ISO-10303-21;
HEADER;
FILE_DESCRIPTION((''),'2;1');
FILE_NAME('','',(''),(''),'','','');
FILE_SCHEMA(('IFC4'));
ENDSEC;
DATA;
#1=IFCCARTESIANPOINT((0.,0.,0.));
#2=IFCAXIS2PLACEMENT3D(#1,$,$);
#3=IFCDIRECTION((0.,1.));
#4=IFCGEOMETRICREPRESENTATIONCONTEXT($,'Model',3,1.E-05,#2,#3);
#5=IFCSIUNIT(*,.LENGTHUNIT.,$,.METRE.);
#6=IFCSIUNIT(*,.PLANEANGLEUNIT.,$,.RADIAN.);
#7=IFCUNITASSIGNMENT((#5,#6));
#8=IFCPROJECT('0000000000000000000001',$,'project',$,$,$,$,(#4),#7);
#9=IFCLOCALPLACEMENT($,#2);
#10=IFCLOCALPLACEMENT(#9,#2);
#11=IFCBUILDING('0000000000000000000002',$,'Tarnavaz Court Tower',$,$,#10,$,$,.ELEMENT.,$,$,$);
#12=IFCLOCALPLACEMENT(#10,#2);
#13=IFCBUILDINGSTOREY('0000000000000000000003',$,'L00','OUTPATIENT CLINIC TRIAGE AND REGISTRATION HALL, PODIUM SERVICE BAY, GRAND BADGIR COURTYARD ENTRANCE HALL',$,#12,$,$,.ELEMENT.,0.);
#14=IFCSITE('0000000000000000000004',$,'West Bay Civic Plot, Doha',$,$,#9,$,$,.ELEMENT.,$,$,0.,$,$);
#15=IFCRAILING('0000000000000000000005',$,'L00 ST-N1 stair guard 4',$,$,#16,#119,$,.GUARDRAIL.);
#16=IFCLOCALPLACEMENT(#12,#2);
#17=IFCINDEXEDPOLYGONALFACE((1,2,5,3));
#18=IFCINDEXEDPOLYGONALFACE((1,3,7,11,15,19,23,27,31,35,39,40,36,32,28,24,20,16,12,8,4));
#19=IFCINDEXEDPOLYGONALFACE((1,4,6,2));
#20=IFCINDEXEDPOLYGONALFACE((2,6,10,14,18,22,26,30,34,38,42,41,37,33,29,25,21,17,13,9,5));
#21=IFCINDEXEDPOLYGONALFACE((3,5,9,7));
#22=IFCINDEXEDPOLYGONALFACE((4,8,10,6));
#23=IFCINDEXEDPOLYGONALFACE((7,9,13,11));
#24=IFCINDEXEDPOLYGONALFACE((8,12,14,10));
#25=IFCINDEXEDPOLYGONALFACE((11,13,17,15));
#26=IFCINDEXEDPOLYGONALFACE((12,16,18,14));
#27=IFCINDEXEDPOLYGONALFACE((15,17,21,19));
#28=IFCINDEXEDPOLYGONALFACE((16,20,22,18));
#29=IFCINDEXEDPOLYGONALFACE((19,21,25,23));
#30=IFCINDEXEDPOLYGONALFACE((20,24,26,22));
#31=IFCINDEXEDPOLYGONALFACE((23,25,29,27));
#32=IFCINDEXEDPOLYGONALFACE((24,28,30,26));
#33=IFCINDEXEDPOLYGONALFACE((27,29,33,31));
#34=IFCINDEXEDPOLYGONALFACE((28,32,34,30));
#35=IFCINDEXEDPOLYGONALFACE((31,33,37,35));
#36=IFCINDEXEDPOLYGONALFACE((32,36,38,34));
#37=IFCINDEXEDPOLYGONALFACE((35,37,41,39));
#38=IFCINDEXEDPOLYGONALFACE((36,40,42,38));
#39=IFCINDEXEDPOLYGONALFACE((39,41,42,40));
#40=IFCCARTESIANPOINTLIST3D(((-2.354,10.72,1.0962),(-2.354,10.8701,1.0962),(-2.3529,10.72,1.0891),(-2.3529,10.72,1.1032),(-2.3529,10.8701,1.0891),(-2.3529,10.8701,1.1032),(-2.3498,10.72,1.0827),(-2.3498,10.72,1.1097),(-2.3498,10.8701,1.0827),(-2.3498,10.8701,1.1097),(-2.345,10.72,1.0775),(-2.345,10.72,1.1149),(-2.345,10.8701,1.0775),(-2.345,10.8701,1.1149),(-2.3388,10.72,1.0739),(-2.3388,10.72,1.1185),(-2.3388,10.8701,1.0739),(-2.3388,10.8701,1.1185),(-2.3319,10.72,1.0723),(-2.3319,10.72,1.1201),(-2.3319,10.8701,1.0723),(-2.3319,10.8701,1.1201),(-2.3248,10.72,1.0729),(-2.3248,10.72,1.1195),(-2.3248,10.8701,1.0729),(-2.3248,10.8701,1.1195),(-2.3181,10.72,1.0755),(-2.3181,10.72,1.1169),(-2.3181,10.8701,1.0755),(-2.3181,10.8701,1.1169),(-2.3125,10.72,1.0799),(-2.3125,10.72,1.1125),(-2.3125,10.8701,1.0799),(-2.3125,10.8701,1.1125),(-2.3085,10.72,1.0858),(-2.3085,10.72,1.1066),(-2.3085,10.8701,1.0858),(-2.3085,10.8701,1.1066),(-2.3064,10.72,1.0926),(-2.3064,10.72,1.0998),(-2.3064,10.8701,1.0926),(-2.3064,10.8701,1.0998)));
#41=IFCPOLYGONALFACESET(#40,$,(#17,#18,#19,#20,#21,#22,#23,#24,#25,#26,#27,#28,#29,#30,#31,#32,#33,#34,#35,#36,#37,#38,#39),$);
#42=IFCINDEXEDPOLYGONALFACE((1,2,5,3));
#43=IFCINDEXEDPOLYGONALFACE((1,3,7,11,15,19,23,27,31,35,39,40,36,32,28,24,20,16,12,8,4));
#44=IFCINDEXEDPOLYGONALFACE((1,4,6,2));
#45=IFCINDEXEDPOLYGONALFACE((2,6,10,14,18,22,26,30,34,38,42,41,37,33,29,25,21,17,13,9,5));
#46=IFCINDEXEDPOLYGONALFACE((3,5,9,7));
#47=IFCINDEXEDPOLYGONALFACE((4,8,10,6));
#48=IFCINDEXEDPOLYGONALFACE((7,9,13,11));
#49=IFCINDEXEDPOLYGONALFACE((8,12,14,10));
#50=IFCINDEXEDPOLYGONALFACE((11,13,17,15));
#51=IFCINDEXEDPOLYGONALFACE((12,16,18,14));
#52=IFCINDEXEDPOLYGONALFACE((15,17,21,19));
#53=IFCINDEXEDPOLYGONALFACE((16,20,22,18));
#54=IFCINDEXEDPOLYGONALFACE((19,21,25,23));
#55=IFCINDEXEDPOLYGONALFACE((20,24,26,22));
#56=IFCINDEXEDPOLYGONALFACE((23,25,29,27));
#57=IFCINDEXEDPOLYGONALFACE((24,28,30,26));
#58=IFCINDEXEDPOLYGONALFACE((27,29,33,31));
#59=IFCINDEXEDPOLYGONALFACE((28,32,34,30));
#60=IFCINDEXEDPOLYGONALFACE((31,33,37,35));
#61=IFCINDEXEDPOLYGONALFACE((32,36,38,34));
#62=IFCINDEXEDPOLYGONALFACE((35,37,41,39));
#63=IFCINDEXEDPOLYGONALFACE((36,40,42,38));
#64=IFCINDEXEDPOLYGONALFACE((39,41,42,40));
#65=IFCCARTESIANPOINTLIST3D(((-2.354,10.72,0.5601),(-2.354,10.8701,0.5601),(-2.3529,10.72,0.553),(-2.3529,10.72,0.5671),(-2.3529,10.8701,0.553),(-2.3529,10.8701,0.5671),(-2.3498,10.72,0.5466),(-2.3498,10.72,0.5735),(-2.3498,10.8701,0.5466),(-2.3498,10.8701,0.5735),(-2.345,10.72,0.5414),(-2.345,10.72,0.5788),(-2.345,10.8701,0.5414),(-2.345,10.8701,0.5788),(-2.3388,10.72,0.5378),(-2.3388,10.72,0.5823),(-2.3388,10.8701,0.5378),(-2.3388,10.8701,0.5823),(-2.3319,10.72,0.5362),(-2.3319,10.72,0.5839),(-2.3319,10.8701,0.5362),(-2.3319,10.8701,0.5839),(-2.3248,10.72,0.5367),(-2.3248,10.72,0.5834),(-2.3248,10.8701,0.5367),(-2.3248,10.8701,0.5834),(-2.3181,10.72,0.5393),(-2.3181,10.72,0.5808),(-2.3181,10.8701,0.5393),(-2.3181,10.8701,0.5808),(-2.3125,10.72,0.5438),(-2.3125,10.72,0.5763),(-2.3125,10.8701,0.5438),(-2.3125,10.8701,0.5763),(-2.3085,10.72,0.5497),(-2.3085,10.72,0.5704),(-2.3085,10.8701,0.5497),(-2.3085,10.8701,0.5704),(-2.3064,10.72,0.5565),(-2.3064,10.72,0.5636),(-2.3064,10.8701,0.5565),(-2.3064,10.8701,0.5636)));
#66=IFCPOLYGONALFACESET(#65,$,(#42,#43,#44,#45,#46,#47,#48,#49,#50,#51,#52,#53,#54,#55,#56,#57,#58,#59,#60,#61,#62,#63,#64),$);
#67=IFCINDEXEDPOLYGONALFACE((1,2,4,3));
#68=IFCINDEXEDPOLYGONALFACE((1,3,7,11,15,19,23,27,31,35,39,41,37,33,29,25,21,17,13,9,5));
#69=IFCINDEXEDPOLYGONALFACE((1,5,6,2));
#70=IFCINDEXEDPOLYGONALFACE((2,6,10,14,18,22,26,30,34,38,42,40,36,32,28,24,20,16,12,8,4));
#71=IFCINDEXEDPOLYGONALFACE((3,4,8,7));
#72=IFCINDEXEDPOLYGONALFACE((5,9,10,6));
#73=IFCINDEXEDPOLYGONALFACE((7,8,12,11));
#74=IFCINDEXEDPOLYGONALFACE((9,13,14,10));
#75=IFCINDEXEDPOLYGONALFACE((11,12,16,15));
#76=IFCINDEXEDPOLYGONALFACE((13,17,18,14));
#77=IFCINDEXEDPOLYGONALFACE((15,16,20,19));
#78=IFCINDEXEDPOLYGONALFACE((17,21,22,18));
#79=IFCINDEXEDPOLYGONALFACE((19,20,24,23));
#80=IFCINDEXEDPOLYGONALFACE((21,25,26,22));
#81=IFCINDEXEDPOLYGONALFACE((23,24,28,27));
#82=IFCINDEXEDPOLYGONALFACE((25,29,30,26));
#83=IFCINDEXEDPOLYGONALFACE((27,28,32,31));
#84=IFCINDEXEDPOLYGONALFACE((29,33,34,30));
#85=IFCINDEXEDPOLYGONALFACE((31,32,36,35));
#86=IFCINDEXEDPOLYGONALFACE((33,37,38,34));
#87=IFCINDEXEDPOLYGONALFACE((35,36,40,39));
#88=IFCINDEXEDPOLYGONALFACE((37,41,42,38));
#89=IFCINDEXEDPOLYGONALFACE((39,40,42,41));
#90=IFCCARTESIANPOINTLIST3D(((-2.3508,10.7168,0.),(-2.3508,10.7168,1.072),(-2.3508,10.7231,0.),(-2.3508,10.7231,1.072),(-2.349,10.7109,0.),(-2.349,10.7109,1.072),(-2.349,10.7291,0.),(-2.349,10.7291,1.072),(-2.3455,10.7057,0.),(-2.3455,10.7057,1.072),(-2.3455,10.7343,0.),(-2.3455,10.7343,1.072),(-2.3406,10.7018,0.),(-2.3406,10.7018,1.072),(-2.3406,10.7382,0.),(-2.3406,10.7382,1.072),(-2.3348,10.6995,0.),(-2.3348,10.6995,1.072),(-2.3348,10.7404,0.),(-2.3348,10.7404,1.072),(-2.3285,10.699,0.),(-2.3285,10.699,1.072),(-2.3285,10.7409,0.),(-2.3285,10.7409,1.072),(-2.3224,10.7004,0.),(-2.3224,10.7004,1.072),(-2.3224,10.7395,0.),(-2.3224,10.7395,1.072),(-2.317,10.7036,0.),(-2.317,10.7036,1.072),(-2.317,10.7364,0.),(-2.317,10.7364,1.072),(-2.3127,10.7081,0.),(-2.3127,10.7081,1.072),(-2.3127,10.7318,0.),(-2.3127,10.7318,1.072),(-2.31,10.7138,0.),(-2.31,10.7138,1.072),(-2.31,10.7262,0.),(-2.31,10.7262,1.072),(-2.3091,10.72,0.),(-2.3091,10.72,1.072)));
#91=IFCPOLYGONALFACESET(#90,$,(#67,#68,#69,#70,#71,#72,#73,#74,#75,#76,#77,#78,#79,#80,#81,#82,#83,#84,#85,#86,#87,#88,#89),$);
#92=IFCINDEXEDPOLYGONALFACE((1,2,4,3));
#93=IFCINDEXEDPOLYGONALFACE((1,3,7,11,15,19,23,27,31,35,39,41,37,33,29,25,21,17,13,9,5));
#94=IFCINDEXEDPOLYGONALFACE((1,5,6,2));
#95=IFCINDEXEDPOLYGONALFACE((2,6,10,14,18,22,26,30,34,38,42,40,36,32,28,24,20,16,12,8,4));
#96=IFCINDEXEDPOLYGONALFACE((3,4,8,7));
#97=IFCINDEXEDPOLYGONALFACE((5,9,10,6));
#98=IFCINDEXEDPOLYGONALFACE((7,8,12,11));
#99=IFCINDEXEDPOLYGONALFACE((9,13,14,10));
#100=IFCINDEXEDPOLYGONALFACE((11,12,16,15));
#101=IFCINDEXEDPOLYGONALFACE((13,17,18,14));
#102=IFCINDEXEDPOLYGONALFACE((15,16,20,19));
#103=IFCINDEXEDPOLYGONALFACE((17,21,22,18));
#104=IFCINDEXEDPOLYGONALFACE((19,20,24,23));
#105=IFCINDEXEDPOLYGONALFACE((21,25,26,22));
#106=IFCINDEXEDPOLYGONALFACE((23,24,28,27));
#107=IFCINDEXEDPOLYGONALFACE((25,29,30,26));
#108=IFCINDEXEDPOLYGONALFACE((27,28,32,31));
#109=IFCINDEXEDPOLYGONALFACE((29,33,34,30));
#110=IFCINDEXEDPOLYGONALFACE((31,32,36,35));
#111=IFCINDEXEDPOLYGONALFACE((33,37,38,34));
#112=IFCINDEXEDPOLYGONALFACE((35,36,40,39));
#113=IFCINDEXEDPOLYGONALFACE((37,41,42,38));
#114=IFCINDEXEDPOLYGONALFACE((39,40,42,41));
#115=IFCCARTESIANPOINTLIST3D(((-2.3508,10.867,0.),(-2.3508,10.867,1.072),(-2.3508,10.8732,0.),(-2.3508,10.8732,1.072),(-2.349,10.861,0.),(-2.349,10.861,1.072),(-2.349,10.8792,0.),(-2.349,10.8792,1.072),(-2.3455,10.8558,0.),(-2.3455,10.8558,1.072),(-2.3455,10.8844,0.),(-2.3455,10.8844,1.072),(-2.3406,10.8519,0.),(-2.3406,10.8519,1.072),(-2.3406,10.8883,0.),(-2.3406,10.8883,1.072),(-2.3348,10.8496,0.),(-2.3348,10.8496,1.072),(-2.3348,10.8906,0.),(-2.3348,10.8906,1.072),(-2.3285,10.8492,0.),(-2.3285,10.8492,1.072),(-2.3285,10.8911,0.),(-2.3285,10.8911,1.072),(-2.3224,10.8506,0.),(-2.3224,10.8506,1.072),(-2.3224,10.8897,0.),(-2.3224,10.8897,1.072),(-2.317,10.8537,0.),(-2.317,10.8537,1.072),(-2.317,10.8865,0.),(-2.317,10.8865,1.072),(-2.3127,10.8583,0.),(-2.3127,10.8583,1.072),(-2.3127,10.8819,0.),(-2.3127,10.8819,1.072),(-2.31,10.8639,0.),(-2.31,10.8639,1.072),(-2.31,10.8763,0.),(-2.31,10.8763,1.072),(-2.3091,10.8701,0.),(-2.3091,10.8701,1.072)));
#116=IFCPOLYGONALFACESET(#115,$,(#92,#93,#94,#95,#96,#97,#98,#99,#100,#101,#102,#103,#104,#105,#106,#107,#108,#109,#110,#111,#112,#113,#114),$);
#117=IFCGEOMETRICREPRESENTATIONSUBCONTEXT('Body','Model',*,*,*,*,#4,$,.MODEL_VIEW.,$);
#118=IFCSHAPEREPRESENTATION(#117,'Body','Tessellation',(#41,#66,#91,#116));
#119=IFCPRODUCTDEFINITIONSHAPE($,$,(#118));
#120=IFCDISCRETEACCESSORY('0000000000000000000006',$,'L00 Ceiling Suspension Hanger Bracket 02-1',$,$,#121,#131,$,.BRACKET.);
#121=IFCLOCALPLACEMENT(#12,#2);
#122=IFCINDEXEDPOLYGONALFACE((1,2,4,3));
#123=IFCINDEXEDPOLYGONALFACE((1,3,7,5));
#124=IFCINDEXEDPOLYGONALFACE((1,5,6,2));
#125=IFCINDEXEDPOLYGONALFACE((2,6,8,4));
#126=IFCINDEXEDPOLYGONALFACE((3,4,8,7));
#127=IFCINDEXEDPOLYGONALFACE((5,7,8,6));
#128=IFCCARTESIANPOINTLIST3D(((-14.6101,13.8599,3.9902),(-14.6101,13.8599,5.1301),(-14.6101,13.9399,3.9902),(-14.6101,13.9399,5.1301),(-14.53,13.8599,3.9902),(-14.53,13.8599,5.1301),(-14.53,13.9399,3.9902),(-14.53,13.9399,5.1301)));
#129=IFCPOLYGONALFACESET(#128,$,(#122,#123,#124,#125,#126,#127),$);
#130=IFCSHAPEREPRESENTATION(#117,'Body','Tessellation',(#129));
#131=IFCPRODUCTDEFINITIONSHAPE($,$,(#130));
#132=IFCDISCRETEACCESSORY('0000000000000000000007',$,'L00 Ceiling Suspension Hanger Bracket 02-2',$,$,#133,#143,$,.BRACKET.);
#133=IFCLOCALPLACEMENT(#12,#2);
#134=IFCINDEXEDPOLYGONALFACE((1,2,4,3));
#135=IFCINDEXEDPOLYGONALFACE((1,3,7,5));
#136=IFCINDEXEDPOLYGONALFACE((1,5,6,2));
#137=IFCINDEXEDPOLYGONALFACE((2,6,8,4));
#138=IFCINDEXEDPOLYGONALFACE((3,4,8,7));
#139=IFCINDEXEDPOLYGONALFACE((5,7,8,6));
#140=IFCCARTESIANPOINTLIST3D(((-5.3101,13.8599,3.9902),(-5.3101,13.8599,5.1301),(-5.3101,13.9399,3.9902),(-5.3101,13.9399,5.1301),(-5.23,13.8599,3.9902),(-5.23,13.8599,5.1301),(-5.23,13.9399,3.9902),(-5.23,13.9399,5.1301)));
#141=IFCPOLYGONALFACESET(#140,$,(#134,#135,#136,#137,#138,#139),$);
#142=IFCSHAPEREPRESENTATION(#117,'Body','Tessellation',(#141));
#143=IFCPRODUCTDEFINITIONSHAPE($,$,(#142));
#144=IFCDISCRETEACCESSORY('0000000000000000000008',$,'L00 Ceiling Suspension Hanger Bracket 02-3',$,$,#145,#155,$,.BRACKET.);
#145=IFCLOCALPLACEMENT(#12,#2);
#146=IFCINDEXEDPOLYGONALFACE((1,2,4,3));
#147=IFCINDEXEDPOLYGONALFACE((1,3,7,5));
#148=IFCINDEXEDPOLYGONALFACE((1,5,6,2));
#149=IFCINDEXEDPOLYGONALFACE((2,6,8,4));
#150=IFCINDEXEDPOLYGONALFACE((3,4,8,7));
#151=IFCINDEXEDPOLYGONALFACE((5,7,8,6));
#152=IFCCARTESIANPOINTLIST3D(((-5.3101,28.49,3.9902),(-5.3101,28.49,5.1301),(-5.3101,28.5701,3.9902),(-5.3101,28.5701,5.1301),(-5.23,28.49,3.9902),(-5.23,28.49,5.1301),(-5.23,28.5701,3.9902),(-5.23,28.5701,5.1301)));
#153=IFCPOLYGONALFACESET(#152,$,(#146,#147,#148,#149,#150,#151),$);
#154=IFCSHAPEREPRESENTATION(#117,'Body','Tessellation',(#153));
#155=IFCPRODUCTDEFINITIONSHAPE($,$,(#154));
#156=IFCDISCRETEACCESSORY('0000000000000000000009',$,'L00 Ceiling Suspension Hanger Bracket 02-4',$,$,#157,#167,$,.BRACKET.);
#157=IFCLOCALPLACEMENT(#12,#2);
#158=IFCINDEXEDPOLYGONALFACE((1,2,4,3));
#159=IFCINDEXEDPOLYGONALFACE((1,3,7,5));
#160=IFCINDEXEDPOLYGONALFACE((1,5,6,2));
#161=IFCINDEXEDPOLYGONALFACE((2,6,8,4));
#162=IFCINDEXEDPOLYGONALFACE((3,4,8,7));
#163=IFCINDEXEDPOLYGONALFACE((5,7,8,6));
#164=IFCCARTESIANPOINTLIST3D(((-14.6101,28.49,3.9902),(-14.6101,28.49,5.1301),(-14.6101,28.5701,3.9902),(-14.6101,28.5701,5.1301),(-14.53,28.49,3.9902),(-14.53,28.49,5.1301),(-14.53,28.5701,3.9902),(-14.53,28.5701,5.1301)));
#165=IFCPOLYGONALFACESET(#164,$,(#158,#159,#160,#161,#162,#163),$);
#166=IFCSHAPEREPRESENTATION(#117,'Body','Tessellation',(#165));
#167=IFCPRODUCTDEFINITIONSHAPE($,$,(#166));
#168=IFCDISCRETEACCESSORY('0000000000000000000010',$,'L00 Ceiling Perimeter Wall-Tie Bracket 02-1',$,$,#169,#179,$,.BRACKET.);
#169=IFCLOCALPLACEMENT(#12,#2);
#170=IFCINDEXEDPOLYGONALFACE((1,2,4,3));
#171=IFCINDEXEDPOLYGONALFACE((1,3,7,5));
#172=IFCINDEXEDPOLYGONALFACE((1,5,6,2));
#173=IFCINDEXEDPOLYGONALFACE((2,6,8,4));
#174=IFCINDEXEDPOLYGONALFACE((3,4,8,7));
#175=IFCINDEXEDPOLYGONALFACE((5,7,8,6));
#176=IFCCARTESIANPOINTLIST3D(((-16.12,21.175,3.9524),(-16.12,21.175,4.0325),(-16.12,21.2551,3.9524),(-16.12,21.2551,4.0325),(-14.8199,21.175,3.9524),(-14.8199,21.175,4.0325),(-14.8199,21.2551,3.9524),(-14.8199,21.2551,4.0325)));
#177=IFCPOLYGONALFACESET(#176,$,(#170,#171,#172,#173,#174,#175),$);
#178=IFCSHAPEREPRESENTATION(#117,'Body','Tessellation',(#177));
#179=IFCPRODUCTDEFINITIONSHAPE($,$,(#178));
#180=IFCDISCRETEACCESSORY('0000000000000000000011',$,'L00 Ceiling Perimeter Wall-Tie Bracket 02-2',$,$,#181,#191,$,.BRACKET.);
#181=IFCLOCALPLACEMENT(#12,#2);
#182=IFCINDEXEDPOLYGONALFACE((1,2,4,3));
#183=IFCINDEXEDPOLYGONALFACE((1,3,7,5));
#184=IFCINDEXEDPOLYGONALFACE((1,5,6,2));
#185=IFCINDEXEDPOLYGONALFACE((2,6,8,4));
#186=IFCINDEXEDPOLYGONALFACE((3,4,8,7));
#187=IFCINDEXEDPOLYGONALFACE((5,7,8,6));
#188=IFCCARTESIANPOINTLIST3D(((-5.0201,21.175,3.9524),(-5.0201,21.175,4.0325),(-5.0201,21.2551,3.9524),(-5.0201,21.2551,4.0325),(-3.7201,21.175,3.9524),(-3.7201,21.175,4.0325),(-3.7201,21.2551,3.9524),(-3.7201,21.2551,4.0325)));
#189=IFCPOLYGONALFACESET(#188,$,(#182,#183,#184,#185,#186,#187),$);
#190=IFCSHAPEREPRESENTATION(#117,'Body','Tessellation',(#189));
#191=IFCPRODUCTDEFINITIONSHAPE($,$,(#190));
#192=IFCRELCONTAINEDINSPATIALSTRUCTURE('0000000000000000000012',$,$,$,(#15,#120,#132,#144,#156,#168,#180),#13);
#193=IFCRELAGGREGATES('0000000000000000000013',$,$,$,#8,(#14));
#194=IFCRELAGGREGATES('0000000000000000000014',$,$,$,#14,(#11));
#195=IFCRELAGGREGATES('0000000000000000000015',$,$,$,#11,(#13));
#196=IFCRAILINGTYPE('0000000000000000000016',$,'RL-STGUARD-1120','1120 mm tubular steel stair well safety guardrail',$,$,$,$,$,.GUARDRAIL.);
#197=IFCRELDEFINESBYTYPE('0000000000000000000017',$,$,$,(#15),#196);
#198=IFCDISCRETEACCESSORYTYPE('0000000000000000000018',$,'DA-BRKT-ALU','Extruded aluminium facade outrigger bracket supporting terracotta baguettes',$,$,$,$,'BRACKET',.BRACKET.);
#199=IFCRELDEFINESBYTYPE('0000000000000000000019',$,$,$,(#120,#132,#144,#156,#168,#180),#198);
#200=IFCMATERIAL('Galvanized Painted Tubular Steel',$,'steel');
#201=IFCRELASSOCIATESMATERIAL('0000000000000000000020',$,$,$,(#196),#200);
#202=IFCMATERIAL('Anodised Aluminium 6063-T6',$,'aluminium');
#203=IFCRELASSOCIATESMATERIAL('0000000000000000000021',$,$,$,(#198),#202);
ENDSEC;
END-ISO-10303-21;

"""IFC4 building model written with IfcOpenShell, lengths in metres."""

from ifc_helpers import new_model, si_unit, direction, frame, origin, origin_2d, place, context, subcontext, project, spatial, rectangle, circle, extrude, material, type_object, element, save


model = new_model("IFC4")

# Units and contexts
model_context = context("Model", 3, precision=1e-05, world=origin(), true_north=direction((0.0, 1.0)))
body_context = subcontext(model_context, "Body", "Model", "MODEL_VIEW")
ifc_project = project(units=[si_unit("LENGTHUNIT", "METRE"), si_unit("PLANEANGLEUNIT", "RADIAN")], contexts=[model_context])

# Site, building, storey
site_placement = place(None, origin())
site = spatial("IfcSite", under=ifc_project, at=site_placement, Name="West Bay Civic Plot, Doha", CompositionType="ELEMENT", RefElevation=0.0)
building_placement = place(site_placement, origin())
building = spatial("IfcBuilding", under=site, at=building_placement, Name="Tarnavaz Court Tower", CompositionType="ELEMENT")
storey_placement = place(building_placement, origin())
storey = spatial("IfcBuildingStorey", under=building, at=storey_placement, Name="L00", Description="OUTPATIENT CLINIC TRIAGE AND REGISTRATION HALL, PODIUM SERVICE BAY, GRAND BADGIR COURTYARD ENTRANCE HALL", CompositionType="ELEMENT", Elevation=0.0)

# Railing
ifc_material_1 = material(Name="Galvanized Painted Tubular Steel", Category="steel")
railing_type = type_object("IfcRailingType", Name="RL-STGUARD-1120", Description="1120 mm tubular steel stair well safety guardrail", PredefinedType="GUARDRAIL", material=ifc_material_1)
railing_1_placement = place(storey_placement, frame((-2.3301, 10.72, 0.0)))
element("IfcRailing", 1, at=railing_1_placement, inside=storey, type_object=railing_type, Name="L00 ST-N1 stair guard 4", PredefinedType="GUARDRAIL", context=body_context, shape_type="SweptSolid", body=[
    extrude(circle(Radius=0.0239, at=origin_2d()), frame((0.0, 0.0, 1.0962), z_axis=(0.0, 1.0, 0.0), x_axis=(-1.0, 0.0, 0.0)), (0.0, 0.0, 1.0), 0.1501),
    extrude(circle(Radius=0.0239, at=origin_2d()), frame((0.0, 0.0, 0.5601), z_axis=(0.0, 1.0, 0.0), x_axis=(-1.0, 0.0, 0.0)), (0.0, 0.0, 1.0), 0.1501),
    extrude(circle(Radius=0.021, at=origin_2d()), origin(), (0.0, 0.0, 1.0), 1.072),
    extrude(circle(Radius=0.021, at=origin_2d()), frame((0.0, 0.1501, 0.0)), (0.0, 0.0, 1.0), 1.072),
])

# Discrete accessories
ifc_material_2 = material(Name="Anodised Aluminium 6063-T6", Category="aluminium")
discrete_accessory_type = type_object("IfcDiscreteAccessoryType", Name="DA-BRKT-ALU", Description="Extruded aluminium facade outrigger bracket supporting terracotta baguettes", ElementType="BRACKET", PredefinedType="BRACKET", material=ifc_material_2)
for number, where, z_axis, x_axis, name in (
    (2, (-14.5701, 13.8999, 3.9902), (0.0, 0.0, 1.0), (1.0, 0.0, 0.0), "L00 Ceiling Suspension Hanger Bracket 02-1"),
    (3, (-5.27, 13.8999, 3.9902), (0.0, 0.0, 1.0), (1.0, 0.0, 0.0), "L00 Ceiling Suspension Hanger Bracket 02-2"),
    (4, (-5.27, 28.53, 3.9902), (0.0, 0.0, 1.0), (1.0, 0.0, 0.0), "L00 Ceiling Suspension Hanger Bracket 02-3"),
    (5, (-14.5701, 28.53, 3.9902), (0.0, 0.0, 1.0), (1.0, 0.0, 0.0), "L00 Ceiling Suspension Hanger Bracket 02-4"),
):
    element("IfcDiscreteAccessory", number, at=place(storey_placement, frame(where, z_axis=z_axis, x_axis=x_axis)), inside=storey, type_object=discrete_accessory_type, Name=name, PredefinedType="BRACKET", context=body_context, shape_type="SweptSolid", body=[
        extrude(rectangle(XDim=0.0801, YDim=0.0801, at=origin_2d()), origin(), (0.0, 0.0, 1.0), 1.1399),
    ])
for number, where, z_axis, x_axis, name in (
    (6, (-15.47, 21.2151, 3.9524), (0.0, 0.0, 1.0), (1.0, 0.0, 0.0), "L00 Ceiling Perimeter Wall-Tie Bracket 02-1"),
    (7, (-4.3701, 21.2151, 3.9524), (0.0, 0.0, 1.0), (1.0, 0.0, 0.0), "L00 Ceiling Perimeter Wall-Tie Bracket 02-2"),
):
    element("IfcDiscreteAccessory", number, at=place(storey_placement, frame(where, z_axis=z_axis, x_axis=x_axis)), inside=storey, type_object=discrete_accessory_type, Name=name, PredefinedType="BRACKET", context=body_context, shape_type="SweptSolid", body=[
        extrude(rectangle(XDim=1.3, YDim=0.0801, at=origin_2d()), origin(), (0.0, 0.0, 1.0), 0.0801),
    ])

save(model, "model.ifc")
